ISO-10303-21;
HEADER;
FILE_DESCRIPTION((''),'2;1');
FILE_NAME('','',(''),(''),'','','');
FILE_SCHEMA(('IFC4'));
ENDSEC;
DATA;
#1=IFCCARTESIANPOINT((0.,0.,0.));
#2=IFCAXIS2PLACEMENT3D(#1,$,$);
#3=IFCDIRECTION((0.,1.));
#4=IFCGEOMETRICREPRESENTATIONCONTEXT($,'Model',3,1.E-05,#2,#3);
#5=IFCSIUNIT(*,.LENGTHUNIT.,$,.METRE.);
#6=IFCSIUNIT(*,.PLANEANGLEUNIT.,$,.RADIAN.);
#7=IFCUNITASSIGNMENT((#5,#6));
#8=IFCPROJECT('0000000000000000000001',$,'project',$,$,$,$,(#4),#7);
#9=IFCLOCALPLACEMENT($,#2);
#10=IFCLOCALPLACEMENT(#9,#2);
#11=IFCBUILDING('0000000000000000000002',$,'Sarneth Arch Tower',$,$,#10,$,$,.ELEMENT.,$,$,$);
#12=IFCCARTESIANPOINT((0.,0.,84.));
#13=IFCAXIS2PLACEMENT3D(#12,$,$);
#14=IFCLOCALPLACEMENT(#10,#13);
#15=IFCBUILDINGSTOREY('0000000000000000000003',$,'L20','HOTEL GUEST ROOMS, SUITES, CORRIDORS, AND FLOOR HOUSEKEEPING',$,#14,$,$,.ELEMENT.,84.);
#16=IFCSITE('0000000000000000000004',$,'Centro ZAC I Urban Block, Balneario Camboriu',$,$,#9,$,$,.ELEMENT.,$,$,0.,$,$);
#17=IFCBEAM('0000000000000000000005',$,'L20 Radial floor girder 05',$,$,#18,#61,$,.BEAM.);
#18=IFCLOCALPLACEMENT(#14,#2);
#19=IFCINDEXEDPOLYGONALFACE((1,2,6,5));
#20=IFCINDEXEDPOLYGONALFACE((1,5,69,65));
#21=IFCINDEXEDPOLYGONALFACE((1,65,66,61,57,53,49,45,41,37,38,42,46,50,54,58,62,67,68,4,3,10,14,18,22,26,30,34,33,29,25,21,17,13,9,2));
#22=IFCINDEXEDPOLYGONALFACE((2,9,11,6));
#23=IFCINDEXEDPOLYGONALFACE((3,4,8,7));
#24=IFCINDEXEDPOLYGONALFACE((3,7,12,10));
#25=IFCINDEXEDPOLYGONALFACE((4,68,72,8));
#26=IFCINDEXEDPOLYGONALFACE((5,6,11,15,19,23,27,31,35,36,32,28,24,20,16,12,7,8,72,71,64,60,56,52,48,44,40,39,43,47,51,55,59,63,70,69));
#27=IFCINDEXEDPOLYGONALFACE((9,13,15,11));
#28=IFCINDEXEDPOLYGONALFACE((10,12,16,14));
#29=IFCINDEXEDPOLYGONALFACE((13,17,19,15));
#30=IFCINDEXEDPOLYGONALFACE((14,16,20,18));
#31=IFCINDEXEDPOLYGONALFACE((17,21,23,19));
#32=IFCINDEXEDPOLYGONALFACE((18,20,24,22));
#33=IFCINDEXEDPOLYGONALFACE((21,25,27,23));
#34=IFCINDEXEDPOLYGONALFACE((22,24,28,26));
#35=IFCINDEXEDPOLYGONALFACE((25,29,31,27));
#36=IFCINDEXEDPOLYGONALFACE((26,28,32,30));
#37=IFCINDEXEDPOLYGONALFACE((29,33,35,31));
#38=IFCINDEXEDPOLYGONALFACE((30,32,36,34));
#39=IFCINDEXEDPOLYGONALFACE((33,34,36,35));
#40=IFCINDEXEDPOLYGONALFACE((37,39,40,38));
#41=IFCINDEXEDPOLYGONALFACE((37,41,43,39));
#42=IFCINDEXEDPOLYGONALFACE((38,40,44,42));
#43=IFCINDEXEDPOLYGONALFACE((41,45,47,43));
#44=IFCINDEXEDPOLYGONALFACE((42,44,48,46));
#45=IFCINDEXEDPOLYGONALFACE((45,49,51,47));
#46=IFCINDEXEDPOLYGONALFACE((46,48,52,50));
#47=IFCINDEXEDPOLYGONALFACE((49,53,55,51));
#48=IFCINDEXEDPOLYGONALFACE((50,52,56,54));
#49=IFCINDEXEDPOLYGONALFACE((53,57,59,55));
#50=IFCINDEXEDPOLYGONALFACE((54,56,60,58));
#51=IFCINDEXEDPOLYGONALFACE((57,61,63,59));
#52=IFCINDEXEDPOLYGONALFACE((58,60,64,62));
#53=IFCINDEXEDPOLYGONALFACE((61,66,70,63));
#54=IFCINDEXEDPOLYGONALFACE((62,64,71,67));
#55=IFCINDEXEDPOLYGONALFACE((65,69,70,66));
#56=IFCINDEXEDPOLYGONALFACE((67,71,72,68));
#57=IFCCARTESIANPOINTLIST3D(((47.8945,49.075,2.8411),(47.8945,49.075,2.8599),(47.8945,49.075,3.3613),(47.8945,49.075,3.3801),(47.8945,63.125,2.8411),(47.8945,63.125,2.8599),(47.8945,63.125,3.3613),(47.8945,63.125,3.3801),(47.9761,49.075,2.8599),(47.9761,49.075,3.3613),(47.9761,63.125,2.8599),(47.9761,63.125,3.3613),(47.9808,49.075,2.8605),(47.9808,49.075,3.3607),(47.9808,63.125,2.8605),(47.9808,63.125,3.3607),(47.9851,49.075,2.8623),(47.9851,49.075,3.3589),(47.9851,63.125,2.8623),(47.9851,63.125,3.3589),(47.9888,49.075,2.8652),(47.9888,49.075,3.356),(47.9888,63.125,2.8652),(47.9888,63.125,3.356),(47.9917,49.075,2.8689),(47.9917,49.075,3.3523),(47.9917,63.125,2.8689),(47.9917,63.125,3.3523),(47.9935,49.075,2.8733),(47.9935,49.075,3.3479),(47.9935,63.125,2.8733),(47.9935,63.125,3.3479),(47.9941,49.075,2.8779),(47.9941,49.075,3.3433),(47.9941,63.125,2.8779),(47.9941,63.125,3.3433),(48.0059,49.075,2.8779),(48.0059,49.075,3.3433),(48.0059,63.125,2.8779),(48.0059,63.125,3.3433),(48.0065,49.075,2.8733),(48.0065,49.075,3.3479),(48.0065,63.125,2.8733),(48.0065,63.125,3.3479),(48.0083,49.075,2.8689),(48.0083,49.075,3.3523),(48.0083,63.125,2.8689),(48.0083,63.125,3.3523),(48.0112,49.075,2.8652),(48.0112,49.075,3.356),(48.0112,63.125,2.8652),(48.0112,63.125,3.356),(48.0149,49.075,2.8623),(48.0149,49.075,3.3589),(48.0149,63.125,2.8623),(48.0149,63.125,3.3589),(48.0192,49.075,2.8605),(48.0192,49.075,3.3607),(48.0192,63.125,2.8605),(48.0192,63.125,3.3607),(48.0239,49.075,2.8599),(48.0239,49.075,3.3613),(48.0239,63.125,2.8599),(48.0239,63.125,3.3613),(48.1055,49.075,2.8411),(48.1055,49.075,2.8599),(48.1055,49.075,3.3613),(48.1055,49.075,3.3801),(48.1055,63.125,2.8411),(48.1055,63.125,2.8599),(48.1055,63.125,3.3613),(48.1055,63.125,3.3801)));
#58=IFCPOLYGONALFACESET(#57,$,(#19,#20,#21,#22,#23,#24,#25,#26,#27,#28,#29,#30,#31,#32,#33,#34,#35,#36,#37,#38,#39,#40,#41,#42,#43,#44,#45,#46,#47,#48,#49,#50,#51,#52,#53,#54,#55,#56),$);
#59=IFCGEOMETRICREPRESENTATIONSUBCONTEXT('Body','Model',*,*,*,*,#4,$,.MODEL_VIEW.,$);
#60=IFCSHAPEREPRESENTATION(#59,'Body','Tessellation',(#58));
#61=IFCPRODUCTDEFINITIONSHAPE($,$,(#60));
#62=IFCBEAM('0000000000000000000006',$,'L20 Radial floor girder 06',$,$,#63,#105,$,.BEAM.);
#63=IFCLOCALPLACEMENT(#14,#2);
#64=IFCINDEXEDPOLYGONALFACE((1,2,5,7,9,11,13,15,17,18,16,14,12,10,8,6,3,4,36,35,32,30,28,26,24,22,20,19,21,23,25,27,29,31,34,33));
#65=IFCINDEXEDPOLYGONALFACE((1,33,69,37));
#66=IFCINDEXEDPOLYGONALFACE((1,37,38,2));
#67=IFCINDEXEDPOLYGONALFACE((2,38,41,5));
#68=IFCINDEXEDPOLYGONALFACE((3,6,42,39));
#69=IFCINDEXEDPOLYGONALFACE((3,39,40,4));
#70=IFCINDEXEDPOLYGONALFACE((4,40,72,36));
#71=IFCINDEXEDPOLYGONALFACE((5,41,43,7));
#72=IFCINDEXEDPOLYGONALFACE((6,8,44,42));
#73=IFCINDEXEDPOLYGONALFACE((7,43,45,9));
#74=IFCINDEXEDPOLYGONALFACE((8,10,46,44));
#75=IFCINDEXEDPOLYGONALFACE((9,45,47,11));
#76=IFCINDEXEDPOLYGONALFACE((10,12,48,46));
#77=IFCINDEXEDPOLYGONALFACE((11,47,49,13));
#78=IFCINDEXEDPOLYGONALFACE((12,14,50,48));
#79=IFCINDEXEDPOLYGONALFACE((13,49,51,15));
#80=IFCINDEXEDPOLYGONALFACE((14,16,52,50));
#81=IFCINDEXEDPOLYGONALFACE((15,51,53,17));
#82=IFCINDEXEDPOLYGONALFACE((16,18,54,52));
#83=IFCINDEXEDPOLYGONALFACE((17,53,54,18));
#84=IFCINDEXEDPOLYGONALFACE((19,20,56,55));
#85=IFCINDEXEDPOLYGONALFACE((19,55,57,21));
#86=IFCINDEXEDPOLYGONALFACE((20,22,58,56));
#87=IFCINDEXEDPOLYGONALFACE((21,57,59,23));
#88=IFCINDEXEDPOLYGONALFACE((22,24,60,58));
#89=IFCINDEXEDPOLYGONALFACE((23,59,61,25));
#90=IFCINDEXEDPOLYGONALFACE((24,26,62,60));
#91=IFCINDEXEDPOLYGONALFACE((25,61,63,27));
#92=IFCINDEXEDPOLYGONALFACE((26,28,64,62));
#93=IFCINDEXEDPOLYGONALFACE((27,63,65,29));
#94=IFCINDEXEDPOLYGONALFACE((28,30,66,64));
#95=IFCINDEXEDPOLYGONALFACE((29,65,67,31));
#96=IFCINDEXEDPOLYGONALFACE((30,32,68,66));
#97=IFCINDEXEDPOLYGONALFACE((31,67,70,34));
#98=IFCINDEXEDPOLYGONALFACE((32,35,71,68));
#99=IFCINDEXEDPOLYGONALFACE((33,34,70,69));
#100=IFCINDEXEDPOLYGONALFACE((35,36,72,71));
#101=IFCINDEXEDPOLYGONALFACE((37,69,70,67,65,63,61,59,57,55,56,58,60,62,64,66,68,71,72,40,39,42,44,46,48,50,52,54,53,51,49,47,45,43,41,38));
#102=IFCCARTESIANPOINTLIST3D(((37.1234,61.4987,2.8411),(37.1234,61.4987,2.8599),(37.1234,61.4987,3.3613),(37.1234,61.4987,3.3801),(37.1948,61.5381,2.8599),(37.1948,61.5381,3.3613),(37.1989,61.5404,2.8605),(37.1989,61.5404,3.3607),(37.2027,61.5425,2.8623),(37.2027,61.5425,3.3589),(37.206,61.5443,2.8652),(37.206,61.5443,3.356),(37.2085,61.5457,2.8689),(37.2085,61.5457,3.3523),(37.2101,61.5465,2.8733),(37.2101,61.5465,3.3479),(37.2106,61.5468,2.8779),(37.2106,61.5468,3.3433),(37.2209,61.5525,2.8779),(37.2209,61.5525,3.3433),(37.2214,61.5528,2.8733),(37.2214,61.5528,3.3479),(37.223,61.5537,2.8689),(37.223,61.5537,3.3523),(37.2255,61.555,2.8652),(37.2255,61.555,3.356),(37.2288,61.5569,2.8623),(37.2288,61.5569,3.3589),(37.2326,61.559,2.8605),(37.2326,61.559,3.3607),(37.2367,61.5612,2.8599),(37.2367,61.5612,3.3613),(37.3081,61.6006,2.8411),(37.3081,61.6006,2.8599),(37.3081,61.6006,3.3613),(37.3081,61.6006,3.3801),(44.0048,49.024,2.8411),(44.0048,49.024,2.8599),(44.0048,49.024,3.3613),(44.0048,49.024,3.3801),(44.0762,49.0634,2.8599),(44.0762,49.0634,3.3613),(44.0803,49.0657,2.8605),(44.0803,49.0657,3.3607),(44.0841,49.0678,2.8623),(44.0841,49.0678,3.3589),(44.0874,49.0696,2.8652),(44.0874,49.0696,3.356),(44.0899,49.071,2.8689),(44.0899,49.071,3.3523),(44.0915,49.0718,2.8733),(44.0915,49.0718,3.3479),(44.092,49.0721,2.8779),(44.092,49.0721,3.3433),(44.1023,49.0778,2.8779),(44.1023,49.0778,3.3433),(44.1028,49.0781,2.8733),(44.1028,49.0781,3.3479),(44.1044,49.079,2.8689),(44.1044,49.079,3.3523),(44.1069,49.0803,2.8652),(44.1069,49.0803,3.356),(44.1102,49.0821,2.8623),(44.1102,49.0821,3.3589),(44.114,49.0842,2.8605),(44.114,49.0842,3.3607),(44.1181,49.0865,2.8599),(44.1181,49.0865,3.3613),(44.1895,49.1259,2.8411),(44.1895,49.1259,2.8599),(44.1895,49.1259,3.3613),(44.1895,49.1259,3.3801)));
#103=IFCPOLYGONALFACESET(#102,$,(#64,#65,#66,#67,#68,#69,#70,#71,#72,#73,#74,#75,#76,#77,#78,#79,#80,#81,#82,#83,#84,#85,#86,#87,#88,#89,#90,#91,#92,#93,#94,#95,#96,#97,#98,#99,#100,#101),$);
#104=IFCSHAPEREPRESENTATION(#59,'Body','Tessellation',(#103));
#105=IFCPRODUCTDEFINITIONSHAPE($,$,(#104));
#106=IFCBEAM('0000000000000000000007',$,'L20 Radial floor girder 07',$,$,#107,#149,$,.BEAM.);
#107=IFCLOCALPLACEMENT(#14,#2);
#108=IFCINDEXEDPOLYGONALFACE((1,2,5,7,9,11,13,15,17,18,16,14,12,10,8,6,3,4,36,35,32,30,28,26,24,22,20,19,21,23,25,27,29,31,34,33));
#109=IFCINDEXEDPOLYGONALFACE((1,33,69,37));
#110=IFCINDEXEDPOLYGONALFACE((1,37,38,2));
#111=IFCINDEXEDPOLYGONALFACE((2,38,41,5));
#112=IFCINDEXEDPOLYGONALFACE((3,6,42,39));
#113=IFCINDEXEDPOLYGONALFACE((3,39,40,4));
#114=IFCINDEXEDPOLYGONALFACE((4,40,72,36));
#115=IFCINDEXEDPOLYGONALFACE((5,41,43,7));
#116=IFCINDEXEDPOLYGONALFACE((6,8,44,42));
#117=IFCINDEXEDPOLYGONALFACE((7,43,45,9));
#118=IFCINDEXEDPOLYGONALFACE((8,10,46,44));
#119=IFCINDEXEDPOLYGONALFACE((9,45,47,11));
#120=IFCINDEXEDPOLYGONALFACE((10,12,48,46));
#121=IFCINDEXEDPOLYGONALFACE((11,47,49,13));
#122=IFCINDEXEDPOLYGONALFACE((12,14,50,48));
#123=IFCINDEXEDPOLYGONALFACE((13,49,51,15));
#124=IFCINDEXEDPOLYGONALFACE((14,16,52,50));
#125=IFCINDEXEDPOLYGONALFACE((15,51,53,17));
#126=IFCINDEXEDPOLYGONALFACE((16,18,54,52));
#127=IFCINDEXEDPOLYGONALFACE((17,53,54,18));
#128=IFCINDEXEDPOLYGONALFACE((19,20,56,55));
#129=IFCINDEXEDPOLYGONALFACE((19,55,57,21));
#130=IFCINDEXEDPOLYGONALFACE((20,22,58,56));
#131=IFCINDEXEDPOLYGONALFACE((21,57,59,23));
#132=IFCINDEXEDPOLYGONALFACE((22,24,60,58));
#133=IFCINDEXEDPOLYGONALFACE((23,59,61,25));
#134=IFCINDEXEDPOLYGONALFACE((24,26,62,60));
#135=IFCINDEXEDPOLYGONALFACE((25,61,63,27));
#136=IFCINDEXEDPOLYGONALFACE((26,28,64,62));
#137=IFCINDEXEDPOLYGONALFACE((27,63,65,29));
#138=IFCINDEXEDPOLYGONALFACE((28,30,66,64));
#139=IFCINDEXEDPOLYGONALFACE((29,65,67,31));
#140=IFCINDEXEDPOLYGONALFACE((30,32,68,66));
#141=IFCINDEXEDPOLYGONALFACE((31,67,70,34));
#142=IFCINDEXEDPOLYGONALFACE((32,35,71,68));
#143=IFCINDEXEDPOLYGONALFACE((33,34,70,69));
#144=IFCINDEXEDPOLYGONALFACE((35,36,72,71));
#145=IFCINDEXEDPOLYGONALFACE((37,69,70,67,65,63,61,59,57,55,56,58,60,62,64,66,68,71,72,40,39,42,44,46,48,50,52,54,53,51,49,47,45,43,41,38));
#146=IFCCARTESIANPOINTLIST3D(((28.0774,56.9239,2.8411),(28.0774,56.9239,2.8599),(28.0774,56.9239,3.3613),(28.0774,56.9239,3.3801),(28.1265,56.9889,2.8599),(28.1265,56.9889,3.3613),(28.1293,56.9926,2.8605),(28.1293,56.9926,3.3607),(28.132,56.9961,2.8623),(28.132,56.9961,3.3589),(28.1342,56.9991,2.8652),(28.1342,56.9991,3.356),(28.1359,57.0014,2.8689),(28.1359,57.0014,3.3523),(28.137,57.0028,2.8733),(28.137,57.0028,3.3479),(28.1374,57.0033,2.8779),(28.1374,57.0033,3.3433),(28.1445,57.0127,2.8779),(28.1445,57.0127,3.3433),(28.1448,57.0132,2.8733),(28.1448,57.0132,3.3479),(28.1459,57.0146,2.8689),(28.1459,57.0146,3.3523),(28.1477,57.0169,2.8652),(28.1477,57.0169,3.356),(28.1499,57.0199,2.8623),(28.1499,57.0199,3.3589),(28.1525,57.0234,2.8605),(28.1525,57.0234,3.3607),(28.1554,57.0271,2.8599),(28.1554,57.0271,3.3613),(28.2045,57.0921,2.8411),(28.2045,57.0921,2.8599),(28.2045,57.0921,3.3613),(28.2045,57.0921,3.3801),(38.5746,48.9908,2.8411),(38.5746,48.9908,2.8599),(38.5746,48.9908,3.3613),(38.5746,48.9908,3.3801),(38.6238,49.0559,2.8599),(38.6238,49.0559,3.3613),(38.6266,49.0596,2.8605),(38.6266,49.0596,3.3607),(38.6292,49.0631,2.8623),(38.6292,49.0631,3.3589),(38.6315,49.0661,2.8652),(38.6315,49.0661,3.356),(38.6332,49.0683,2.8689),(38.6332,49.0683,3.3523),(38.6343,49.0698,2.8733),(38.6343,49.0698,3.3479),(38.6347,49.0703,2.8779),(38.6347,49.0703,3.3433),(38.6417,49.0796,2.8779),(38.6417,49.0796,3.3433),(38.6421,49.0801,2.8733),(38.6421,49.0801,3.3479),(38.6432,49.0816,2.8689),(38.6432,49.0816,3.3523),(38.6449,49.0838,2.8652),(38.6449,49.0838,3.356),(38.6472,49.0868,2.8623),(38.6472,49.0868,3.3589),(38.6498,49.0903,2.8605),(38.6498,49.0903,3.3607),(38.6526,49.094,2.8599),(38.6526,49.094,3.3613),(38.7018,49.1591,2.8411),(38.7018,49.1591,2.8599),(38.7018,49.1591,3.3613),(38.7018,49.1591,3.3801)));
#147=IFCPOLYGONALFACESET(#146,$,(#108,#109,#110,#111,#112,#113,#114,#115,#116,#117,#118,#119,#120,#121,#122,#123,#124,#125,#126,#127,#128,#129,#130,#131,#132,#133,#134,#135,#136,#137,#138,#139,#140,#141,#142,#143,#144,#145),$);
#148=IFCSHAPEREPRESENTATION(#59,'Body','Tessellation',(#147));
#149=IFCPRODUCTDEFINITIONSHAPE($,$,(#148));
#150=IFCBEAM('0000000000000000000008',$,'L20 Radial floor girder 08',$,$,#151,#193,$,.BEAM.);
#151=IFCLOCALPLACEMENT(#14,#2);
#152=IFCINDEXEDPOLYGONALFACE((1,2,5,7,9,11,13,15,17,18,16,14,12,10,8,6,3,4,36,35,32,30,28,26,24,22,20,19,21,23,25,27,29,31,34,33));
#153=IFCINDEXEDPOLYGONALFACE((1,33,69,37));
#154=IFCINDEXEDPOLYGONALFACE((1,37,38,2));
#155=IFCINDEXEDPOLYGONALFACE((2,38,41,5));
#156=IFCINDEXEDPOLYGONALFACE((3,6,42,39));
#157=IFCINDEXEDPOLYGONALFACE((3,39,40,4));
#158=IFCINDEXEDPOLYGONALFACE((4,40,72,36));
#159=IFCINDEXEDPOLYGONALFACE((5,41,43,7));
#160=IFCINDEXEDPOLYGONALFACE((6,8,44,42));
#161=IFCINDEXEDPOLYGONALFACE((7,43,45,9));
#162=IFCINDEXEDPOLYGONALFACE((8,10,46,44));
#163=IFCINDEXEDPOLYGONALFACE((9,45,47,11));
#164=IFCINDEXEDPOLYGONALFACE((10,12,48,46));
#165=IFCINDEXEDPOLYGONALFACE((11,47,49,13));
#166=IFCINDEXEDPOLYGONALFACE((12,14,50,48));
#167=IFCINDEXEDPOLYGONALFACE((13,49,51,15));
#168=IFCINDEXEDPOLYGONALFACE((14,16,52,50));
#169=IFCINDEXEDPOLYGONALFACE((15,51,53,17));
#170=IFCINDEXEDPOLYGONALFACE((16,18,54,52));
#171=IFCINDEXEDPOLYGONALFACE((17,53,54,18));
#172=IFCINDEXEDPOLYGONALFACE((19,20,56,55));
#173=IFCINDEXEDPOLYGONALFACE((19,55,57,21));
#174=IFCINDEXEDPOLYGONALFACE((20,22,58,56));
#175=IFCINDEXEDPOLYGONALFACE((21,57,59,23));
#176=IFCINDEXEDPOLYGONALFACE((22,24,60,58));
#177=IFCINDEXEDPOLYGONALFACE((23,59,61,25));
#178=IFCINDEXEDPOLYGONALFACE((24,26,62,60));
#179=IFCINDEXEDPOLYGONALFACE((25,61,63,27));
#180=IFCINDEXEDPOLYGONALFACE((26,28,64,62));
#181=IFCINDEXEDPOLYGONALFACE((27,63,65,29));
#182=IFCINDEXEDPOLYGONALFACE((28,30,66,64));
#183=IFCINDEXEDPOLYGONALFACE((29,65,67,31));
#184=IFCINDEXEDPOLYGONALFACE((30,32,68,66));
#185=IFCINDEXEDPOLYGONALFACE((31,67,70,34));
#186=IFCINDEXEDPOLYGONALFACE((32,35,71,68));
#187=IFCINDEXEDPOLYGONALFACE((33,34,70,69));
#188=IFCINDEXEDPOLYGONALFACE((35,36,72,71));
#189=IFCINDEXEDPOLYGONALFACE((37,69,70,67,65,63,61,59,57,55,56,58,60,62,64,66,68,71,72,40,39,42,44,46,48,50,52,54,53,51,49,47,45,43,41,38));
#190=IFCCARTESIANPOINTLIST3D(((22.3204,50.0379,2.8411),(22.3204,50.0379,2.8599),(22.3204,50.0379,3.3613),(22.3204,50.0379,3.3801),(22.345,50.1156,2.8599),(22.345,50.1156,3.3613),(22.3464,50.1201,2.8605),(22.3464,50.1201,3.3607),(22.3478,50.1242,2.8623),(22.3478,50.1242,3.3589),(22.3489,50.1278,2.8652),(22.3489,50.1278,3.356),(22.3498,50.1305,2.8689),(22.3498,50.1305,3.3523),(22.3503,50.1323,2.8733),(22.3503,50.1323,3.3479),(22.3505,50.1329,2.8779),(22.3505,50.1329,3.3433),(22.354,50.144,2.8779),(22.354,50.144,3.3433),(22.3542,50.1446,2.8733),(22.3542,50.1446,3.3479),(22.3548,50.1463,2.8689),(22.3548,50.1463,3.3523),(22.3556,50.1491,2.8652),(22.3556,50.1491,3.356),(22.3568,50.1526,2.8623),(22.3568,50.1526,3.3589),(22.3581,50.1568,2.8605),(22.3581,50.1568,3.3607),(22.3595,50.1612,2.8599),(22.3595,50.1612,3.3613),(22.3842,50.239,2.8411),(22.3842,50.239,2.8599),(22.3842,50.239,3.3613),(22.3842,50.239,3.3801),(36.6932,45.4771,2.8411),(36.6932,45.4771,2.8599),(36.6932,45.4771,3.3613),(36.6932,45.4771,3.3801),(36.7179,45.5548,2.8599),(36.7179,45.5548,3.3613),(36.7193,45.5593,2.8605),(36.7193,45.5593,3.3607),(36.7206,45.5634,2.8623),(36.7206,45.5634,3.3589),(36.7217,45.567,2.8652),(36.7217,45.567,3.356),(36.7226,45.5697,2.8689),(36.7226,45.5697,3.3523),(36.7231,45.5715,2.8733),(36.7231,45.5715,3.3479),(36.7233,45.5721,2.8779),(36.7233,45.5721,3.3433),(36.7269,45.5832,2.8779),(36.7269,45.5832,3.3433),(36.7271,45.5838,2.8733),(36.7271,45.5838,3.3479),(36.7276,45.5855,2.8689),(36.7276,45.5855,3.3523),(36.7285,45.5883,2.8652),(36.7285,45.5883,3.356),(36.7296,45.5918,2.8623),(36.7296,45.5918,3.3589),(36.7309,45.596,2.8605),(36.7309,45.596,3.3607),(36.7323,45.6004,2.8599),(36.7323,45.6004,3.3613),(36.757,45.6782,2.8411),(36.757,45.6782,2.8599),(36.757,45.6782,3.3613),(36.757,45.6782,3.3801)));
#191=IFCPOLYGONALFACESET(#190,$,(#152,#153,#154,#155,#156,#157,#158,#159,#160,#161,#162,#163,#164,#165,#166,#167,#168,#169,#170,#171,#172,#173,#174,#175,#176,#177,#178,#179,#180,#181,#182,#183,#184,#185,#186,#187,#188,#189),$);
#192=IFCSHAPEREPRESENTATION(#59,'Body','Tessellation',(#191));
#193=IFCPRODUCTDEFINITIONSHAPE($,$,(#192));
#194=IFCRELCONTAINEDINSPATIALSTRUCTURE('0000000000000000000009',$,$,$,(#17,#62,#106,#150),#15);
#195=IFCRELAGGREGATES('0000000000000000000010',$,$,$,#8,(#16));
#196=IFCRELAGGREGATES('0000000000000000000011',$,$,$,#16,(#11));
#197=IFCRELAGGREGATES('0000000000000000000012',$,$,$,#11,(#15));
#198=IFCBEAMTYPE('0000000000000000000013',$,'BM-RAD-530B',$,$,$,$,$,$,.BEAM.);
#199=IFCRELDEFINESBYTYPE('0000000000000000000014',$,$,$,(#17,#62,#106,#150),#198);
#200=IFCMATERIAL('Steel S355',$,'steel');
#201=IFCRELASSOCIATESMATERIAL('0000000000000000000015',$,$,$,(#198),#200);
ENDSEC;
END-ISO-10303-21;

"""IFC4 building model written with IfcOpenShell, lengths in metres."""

from ifc_helpers import new_model, si_unit, direction, frame, origin, origin_2d, place, context, subcontext, project, spatial, i_section, extrude, material, material_profile, profile_set, type_object, element, save


model = new_model("IFC4")

# Units and contexts
model_context = context("Model", 3, precision=1e-05, world=origin(), true_north=direction((0.0, 1.0)))
body_context = subcontext(model_context, "Body", "Model", "MODEL_VIEW")
ifc_project = project(units=[si_unit("LENGTHUNIT", "METRE"), si_unit("PLANEANGLEUNIT", "RADIAN")], contexts=[model_context])

# Site, building, storey
site_placement = place(None, origin())
site = spatial("IfcSite", under=ifc_project, at=site_placement, Name="Centro ZAC I Urban Block, Balneario Camboriu", CompositionType="ELEMENT", RefElevation=0.0)
building_placement = place(site_placement, origin())
building = spatial("IfcBuilding", under=site, at=building_placement, Name="Sarneth Arch Tower", CompositionType="ELEMENT")
storey_placement = place(building_placement, frame((0.0, 0.0, 84.0)))
storey = spatial("IfcBuildingStorey", under=building, at=storey_placement, Name="L20", Description="HOTEL GUEST ROOMS, SUITES, CORRIDORS, AND FLOOR HOUSEKEEPING", CompositionType="ELEMENT", Elevation=84.0)

# Beams
ifc_material_1 = material(Name="Steel S355", Category="steel")
ifc_material_profile = material_profile(ifc_material_1, i_section(OverallWidth=0.2109, OverallDepth=0.5391, WebThickness=0.0117, FlangeThickness=0.0188, FilletRadius=0.0181, at=origin_2d()), Name="W530x109")
ifc_profile_set = profile_set([ifc_material_profile], Name="Steel S355")
beam_type = type_object("IfcBeamType", Name="BM-RAD-530B", PredefinedType="BEAM", material=ifc_profile_set)
beam_1_placement = place(storey_placement, frame((48.0, 49.075, 3.1106), z_axis=(0.0, 1.0, 0.0), x_axis=(-1.0, 0.0, 0.0)))
element("IfcBeam", 1, at=beam_1_placement, inside=storey, type_object=beam_type, Name="L20 Radial floor girder 05", PredefinedType="BEAM", context=body_context, shape_type="SweptSolid", body=[
    extrude(i_section(OverallWidth=0.2109, OverallDepth=0.5391, WebThickness=0.0117, FlangeThickness=0.0188, FilletRadius=0.0181, at=origin_2d()), origin(), (0.0, 0.0, 1.0), 14.05),
])
beam_2_placement = place(storey_placement, frame((44.0972, 49.075, 3.1106), z_axis=(-0.483013, 0.875613, 0.0), x_axis=(-0.875613, -0.483013, 0.0)))
element("IfcBeam", 2, at=beam_2_placement, inside=storey, type_object=beam_type, Name="L20 Radial floor girder 06", PredefinedType="BEAM", context=body_context, shape_type="SweptSolid", body=[
    extrude(i_section(OverallWidth=0.2109, OverallDepth=0.5391, WebThickness=0.0117, FlangeThickness=0.0188, FilletRadius=0.0181, at=origin_2d()), origin(), (0.0, 0.0, 1.0), 14.2468),
])
beam_3_placement = place(storey_placement, frame((38.6382, 49.075, 3.1106), z_axis=(-0.797801, 0.60292, 0.0), x_axis=(-0.60292, -0.797801, 0.0)))
element("IfcBeam", 3, at=beam_3_placement, inside=storey, type_object=beam_type, Name="L20 Radial floor girder 07", PredefinedType="BEAM", context=body_context, shape_type="SweptSolid", body=[
    extrude(i_section(OverallWidth=0.2109, OverallDepth=0.5391, WebThickness=0.0117, FlangeThickness=0.0188, FilletRadius=0.0181, at=origin_2d()), origin(), (0.0, 0.0, 1.0), 13.1577),
])
beam_4_placement = place(storey_placement, frame((36.7251, 45.5776, 3.1106), z_axis=(-0.953163, 0.302458, 0.0), x_axis=(-0.302458, -0.953163, 0.0)))
element("IfcBeam", 4, at=beam_4_placement, inside=storey, type_object=beam_type, Name="L20 Radial floor girder 08", PredefinedType="BEAM", context=body_context, shape_type="SweptSolid", body=[
    extrude(i_section(OverallWidth=0.2109, OverallDepth=0.5391, WebThickness=0.0117, FlangeThickness=0.0188, FilletRadius=0.0181, at=origin_2d()), origin(), (0.0, 0.0, 1.0), 15.0791),
])

save(model, "model.ifc")
